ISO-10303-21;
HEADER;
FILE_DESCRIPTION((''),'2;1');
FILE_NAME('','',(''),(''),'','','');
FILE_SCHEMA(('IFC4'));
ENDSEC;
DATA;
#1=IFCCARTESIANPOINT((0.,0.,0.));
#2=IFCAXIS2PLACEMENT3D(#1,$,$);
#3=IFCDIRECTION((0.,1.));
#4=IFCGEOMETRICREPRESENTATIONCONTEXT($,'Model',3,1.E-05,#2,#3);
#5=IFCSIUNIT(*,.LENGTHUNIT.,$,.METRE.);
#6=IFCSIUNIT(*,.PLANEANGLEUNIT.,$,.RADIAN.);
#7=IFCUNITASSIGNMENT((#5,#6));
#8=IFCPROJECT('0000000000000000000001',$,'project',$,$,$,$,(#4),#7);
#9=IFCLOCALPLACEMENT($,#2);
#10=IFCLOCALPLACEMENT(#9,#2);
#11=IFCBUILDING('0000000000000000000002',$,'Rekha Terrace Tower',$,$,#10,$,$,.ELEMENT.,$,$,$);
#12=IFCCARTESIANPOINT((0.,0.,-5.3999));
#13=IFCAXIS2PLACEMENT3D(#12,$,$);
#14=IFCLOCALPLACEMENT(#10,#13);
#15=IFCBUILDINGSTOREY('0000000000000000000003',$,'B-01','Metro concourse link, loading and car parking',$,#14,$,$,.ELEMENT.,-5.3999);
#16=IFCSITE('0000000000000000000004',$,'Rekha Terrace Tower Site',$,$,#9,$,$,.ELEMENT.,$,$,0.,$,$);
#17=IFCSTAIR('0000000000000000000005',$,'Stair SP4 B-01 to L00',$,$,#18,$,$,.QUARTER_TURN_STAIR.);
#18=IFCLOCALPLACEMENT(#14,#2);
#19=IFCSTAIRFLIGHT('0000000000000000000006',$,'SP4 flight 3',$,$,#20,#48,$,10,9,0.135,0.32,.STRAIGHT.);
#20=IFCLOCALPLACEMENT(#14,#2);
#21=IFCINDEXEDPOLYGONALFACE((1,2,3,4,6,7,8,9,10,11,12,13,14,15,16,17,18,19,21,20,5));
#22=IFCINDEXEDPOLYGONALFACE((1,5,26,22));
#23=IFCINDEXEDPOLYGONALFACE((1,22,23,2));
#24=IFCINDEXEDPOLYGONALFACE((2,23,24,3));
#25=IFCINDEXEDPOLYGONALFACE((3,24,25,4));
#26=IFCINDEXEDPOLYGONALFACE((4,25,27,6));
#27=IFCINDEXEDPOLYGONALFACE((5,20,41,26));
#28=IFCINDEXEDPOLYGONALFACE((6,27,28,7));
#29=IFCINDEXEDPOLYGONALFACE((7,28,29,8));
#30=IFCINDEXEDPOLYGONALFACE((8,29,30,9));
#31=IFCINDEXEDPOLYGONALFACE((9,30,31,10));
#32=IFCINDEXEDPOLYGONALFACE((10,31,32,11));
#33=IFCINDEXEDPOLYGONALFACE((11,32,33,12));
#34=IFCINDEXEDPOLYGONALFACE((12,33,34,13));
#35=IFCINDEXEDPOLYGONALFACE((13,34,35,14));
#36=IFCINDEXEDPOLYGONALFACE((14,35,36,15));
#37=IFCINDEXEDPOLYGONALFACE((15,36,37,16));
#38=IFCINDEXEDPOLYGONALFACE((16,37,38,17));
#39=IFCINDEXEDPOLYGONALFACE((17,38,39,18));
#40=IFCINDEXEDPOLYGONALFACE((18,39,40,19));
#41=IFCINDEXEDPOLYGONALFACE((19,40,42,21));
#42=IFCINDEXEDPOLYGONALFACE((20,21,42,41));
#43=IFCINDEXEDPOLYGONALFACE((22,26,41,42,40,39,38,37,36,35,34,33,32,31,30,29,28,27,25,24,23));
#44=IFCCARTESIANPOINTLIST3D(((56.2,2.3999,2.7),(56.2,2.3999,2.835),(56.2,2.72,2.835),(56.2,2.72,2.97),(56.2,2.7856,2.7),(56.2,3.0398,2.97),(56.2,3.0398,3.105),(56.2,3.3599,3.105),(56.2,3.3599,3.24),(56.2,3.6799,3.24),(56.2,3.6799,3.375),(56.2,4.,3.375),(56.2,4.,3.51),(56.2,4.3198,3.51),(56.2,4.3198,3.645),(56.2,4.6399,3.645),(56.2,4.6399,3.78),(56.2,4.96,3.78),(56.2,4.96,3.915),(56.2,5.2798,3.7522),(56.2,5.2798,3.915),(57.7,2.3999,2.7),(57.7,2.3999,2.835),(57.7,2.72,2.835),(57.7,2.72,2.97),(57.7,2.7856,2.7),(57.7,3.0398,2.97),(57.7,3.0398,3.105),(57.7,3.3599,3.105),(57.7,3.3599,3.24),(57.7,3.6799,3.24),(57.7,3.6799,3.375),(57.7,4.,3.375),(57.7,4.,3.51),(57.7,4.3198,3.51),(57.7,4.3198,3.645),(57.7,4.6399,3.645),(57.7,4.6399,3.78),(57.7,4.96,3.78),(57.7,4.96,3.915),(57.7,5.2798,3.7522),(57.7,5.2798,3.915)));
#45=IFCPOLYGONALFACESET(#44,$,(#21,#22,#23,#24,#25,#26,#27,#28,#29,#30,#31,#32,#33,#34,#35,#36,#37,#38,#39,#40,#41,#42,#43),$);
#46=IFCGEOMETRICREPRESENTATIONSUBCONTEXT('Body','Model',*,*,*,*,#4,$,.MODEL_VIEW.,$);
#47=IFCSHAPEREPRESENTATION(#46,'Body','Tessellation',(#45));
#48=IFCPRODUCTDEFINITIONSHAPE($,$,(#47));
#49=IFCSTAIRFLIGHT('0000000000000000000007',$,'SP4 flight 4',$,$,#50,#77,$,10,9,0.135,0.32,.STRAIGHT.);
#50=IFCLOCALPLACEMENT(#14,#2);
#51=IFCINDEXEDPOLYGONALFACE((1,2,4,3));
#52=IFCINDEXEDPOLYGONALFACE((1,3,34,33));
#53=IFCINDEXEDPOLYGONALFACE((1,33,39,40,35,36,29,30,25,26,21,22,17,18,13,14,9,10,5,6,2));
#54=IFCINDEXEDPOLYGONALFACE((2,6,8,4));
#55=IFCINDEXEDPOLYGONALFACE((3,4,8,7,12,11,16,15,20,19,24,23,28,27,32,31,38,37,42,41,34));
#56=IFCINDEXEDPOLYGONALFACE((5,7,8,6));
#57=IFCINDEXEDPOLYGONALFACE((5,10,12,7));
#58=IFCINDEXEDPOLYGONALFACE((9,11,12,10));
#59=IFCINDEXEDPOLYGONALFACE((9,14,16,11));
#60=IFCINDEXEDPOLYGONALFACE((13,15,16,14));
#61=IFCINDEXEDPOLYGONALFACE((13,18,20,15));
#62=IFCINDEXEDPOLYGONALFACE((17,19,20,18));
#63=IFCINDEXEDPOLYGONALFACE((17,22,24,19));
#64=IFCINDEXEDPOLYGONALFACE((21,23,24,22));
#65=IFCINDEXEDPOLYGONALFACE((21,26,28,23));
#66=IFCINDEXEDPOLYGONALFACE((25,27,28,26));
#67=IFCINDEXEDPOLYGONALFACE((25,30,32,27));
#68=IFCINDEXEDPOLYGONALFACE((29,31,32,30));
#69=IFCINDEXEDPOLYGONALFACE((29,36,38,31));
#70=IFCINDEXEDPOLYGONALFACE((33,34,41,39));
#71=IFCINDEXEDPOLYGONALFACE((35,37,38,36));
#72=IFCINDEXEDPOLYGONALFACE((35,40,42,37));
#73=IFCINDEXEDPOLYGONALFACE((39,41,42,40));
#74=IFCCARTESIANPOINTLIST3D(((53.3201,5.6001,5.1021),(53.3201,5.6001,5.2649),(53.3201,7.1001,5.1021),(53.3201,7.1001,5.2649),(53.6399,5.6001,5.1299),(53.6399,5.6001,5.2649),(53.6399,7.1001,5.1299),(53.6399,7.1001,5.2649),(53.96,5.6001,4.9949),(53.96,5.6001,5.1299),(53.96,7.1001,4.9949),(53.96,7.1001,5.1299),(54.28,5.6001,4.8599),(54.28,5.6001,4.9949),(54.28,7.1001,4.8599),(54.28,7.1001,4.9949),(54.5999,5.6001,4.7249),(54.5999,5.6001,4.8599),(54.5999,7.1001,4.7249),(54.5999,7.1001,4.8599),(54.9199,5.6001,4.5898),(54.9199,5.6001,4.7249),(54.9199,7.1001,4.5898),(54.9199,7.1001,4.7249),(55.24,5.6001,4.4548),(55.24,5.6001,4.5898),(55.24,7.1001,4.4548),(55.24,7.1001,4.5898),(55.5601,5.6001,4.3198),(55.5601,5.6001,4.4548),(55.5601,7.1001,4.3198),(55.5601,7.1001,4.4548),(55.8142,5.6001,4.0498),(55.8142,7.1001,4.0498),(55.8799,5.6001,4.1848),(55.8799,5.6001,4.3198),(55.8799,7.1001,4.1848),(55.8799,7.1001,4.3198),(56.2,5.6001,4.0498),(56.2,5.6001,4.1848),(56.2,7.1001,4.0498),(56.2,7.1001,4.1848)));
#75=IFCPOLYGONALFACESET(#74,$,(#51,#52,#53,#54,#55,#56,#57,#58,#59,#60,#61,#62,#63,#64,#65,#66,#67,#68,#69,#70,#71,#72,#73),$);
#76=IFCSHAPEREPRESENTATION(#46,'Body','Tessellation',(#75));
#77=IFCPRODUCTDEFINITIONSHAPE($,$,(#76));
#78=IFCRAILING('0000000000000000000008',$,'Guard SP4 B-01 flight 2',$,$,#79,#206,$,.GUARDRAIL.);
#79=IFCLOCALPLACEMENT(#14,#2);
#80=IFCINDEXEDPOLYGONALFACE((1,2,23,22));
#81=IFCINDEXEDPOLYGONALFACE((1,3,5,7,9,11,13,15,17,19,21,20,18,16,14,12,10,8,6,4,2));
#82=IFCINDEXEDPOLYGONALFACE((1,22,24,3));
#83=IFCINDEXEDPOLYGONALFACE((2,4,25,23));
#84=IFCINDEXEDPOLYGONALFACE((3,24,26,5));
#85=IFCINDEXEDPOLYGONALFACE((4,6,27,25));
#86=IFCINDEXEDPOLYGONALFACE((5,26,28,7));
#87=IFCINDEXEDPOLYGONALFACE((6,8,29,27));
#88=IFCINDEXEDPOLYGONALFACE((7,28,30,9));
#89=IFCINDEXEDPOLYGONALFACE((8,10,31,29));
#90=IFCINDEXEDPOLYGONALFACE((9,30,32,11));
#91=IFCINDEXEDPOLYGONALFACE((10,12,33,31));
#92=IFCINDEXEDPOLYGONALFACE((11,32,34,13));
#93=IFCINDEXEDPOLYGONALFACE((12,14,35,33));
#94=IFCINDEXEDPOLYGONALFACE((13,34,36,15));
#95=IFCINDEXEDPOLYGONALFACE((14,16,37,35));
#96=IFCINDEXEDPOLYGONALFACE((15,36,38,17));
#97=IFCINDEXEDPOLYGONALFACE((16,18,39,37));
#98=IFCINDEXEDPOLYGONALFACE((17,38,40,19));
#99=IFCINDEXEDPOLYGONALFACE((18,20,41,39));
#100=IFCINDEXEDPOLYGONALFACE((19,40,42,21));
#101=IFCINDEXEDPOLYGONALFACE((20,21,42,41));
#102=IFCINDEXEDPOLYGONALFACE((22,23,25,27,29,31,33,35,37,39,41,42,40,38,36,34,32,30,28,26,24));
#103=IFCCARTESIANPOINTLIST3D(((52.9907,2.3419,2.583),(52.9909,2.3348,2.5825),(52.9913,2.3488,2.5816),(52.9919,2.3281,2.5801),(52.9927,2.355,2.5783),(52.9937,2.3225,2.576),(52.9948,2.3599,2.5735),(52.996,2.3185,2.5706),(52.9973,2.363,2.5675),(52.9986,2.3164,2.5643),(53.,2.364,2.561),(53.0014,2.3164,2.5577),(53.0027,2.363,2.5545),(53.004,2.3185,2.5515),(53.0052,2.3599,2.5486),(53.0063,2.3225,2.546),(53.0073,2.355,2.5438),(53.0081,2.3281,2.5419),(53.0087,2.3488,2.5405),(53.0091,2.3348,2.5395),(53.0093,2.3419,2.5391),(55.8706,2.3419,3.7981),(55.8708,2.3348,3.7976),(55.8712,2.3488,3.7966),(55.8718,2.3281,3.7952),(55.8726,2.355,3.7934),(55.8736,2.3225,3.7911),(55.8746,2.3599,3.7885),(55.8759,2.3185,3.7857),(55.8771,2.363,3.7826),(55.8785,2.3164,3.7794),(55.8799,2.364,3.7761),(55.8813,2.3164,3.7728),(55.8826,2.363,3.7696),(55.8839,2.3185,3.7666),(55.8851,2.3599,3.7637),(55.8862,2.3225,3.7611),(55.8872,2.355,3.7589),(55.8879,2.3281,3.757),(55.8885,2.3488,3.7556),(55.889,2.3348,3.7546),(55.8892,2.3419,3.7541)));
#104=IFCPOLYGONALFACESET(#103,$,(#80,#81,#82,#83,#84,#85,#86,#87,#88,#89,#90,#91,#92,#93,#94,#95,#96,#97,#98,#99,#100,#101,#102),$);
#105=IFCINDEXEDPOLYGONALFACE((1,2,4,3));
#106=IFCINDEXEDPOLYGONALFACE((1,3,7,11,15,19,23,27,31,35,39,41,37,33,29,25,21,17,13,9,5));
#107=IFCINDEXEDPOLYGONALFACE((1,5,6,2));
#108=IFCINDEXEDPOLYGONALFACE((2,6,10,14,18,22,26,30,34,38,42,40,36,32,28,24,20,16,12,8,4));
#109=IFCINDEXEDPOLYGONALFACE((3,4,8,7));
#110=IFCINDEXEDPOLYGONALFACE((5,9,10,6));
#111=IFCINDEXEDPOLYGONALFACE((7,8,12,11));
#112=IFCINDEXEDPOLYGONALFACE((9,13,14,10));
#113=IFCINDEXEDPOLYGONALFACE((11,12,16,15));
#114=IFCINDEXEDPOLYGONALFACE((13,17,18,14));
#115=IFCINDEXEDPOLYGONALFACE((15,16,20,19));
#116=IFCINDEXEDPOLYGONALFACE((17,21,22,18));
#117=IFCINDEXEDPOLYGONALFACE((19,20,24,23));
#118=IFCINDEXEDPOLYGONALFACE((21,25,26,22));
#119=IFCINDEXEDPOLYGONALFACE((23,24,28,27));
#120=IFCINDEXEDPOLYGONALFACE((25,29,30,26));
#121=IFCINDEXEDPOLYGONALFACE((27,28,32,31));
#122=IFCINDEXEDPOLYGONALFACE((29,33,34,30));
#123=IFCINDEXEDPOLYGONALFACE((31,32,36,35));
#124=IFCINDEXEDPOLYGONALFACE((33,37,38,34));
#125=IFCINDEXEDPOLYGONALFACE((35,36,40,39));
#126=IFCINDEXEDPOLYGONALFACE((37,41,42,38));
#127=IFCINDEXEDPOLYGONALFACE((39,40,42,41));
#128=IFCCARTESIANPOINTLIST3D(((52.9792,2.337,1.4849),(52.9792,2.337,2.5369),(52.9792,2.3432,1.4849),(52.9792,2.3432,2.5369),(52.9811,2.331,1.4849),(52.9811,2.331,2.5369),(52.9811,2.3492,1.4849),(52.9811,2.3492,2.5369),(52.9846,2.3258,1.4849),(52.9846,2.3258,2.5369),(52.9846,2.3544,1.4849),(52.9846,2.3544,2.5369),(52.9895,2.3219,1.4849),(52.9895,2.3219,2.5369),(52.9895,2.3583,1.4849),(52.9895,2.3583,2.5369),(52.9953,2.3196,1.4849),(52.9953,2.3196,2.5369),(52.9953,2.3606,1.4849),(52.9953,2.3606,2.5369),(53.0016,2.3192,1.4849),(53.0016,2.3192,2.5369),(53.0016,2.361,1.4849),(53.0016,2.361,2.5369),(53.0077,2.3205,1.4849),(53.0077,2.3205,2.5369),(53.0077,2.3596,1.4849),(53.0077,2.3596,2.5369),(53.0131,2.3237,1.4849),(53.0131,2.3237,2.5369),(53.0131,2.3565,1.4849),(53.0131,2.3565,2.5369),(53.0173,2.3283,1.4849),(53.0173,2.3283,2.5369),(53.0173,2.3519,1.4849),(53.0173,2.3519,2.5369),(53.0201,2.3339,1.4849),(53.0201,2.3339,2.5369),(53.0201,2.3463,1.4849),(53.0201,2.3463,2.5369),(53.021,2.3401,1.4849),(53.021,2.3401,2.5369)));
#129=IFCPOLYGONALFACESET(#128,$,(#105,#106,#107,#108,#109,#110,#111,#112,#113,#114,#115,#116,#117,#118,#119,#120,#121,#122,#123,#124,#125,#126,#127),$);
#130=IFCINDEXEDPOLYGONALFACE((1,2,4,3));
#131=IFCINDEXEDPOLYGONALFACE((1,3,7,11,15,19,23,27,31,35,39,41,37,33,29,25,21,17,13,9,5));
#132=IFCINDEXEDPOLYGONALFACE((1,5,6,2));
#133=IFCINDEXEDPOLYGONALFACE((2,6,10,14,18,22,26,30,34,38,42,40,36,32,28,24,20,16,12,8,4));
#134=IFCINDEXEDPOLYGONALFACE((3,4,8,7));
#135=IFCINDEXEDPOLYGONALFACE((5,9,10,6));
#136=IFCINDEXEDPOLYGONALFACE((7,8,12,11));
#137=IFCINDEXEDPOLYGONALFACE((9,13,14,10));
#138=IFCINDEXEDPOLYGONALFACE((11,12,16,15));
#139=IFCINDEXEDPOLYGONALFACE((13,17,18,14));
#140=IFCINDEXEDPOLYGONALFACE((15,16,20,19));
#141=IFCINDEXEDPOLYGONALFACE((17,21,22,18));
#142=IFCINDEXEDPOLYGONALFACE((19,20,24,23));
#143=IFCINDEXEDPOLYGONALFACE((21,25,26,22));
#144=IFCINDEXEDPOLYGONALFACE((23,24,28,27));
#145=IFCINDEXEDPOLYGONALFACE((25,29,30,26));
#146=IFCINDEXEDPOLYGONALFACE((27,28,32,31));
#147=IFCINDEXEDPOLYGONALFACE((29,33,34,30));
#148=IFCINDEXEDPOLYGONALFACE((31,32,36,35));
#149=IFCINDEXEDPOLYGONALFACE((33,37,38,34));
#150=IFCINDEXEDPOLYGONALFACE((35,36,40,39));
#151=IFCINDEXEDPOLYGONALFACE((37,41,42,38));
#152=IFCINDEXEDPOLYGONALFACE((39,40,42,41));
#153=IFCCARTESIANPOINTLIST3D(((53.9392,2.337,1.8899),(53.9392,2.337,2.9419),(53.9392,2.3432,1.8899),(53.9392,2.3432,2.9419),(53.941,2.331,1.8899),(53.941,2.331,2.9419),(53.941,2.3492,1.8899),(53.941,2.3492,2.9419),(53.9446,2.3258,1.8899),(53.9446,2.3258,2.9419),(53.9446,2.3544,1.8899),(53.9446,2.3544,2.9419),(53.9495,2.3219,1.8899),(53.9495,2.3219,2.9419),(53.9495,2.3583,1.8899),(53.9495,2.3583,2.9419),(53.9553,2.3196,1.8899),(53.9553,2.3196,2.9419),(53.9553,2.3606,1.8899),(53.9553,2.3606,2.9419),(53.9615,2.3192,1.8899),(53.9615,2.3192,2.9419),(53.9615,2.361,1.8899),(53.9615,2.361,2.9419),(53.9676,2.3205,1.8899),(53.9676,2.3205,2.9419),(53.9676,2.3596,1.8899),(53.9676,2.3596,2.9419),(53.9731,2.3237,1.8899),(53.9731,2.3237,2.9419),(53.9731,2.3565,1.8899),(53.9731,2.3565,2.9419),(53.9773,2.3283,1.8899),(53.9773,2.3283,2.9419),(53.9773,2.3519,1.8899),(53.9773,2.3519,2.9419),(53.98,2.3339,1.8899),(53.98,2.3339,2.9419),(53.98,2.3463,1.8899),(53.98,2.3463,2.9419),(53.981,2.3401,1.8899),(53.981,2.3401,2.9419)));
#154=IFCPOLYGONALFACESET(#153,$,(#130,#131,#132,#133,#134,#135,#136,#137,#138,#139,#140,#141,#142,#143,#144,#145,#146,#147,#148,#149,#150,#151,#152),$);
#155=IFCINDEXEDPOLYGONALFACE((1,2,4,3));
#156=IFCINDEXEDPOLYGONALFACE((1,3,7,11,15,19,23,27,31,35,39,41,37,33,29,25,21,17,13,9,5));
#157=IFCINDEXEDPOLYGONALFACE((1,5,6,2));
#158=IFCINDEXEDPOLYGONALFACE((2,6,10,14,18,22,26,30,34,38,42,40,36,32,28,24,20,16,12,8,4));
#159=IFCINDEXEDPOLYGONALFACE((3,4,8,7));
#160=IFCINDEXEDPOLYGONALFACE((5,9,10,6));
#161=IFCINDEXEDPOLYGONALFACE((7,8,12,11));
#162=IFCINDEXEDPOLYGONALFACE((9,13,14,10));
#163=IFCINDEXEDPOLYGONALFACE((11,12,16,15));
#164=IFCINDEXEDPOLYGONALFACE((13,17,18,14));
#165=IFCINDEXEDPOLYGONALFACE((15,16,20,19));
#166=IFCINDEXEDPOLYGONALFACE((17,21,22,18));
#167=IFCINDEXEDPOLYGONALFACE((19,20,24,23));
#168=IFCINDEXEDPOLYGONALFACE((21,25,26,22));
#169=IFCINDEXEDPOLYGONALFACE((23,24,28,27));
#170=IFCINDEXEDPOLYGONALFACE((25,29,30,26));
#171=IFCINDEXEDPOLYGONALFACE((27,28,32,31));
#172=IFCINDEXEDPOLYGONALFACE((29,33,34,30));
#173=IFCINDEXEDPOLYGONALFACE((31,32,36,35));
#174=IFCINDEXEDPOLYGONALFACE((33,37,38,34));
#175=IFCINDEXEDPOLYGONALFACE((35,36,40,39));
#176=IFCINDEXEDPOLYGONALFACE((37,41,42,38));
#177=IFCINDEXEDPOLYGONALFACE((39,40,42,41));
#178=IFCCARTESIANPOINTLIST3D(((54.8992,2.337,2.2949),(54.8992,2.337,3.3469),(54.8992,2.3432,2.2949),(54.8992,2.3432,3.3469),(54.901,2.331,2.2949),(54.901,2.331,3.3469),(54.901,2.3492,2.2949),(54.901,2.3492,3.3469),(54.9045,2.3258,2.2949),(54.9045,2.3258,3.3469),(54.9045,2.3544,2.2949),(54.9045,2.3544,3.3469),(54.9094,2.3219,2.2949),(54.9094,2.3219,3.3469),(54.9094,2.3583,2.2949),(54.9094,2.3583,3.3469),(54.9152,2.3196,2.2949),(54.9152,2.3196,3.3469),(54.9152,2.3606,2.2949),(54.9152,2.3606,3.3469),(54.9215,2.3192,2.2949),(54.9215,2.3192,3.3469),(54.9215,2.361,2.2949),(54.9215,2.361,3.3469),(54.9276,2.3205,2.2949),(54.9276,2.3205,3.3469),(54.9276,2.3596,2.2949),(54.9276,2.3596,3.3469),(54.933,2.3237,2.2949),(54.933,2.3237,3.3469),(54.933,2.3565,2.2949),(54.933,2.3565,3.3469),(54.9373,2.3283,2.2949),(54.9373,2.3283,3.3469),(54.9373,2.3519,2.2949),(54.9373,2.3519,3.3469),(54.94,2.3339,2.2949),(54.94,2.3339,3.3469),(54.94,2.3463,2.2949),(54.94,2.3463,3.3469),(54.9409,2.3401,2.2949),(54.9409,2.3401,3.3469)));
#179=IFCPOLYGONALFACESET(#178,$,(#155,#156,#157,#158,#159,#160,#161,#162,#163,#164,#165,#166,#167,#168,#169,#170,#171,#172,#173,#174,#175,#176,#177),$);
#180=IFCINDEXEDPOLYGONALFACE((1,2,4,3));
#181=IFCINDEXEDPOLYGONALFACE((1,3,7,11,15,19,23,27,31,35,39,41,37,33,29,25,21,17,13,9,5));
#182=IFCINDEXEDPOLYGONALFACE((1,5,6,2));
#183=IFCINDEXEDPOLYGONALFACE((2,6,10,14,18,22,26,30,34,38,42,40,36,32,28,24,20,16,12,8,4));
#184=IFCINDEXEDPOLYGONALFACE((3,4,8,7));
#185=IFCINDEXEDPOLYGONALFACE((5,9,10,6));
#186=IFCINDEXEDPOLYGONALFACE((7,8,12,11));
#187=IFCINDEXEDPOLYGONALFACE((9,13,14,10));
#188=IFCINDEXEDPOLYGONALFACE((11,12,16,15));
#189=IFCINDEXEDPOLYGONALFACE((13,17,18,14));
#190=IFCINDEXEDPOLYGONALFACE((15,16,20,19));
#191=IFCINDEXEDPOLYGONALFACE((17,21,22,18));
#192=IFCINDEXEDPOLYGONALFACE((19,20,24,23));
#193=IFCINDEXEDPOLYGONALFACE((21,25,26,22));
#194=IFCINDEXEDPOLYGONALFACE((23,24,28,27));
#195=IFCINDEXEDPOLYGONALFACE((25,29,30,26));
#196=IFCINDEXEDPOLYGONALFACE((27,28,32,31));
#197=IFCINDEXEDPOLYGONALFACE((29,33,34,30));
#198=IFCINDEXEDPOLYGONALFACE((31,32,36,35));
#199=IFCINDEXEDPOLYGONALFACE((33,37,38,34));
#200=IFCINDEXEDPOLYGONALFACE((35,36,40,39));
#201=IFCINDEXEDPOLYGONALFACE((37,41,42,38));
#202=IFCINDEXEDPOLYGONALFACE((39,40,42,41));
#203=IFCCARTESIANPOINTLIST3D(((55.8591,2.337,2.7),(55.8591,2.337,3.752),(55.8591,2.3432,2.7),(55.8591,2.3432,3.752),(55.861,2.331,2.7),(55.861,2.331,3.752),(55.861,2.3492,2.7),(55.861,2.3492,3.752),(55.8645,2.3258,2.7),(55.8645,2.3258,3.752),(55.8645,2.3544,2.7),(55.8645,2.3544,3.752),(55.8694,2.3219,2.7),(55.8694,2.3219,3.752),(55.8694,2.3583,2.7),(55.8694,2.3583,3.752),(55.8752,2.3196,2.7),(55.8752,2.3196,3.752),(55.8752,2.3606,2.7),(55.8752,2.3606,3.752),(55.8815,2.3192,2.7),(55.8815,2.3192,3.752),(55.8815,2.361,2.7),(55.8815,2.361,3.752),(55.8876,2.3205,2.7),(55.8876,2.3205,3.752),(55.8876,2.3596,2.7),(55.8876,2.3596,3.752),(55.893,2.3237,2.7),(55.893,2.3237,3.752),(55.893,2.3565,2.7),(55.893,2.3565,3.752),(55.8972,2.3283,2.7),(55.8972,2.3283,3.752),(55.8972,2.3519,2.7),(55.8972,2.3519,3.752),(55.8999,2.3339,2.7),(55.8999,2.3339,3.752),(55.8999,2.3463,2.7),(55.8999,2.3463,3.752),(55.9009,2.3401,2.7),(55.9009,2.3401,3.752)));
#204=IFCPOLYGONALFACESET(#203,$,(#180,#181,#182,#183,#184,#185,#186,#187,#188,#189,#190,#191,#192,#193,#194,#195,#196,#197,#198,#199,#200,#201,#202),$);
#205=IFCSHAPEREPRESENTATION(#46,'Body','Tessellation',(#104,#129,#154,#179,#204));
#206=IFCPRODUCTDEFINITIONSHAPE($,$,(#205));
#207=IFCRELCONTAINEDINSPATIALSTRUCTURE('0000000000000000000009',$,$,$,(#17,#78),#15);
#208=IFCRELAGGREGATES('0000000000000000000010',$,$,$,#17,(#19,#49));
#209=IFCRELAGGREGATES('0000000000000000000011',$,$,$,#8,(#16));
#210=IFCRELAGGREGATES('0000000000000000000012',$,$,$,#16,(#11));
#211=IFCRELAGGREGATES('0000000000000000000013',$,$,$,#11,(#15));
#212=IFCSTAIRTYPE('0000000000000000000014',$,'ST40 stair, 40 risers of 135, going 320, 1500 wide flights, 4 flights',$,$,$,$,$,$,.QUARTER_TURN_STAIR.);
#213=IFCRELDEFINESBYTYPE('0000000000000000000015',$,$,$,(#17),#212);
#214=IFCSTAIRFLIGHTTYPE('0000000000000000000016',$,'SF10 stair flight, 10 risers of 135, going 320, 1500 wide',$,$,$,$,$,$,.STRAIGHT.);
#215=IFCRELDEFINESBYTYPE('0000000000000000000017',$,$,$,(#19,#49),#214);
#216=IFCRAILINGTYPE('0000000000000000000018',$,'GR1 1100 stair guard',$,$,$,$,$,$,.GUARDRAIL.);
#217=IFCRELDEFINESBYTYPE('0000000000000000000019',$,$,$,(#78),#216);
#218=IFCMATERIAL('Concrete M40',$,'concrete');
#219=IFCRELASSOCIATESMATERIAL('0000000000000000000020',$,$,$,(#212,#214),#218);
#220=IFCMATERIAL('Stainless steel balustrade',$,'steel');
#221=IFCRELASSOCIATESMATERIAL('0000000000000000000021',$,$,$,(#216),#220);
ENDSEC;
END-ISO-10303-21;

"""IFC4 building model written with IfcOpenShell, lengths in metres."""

from ifc_helpers import new_model, si_unit, direction, frame, origin, origin_2d, place, context, subcontext, project, spatial, polyline, circle, outline, extrude, material, type_object, element, aggregate, save


model = new_model("IFC4")

# Units and contexts
model_context = context("Model", 3, precision=1e-05, world=origin(), true_north=direction((0.0, 1.0)))
body_context = subcontext(model_context, "Body", "Model", "MODEL_VIEW")
ifc_project = project(units=[si_unit("LENGTHUNIT", "METRE"), si_unit("PLANEANGLEUNIT", "RADIAN")], contexts=[model_context])

# Site, building, storey
site_placement = place(None, origin())
site = spatial("IfcSite", under=ifc_project, at=site_placement, Name="Rekha Terrace Tower Site", CompositionType="ELEMENT", RefElevation=0.0)
building_placement = place(site_placement, origin())
building = spatial("IfcBuilding", under=site, at=building_placement, Name="Rekha Terrace Tower", CompositionType="ELEMENT")
storey_placement = place(building_placement, frame((0.0, 0.0, -5.3999)))
storey = spatial("IfcBuildingStorey", under=building, at=storey_placement, Name="B-01", Description="Metro concourse link, loading and car parking", CompositionType="ELEMENT", Elevation=-5.3999)

# Stair, stair flights
ifc_material_1 = material(Name="Concrete M40", Category="concrete")
stair_type = type_object("IfcStairType", Name="ST40 stair, 40 risers of 135, going 320, 1500 wide flights, 4 flights", PredefinedType="QUARTER_TURN_STAIR", material=ifc_material_1)
stair_placement = place(storey_placement, origin())
stair = element("IfcStair", 1, at=stair_placement, inside=storey, type_object=stair_type, Name="Stair SP4 B-01 to L00", PredefinedType="QUARTER_TURN_STAIR")
stair_flight_type = type_object("IfcStairFlightType", Name="SF10 stair flight, 10 risers of 135, going 320, 1500 wide", PredefinedType="STRAIGHT", material=ifc_material_1)
stair_flight_1_placement = place(storey_placement, frame((56.95, 2.3999, 2.7), z_axis=(0.0, 0.0, 1.0), x_axis=(0.0, 1.0, 0.0)))
stair_flight_1 = element("IfcStairFlight", 2, at=stair_flight_1_placement, type_object=stair_flight_type, Name="SP4 flight 3", NumberOfRisers=10, NumberOfTreads=9, PredefinedType="STRAIGHT", RiserHeight=0.135, TreadLength=0.32, context=body_context, shape_type="SweptSolid", body=[
    extrude(outline(polyline([(0.0, 0.0), (0.0, 0.135), (0.3201, 0.135), (0.3201, 0.27), (0.6399, 0.27), (0.6399, 0.405), (0.96, 0.405), (0.96, 0.54), (1.28, 0.54), (1.28, 0.675), (1.6001, 0.675), (1.6001, 0.8101), (1.9199, 0.8101), (1.9199, 0.9451), (2.24, 0.9451), (2.24, 1.0801), (2.5601, 1.0801), (2.5601, 1.2151), (2.8799, 1.2151), (2.8799, 1.3501), (2.8799, 1.0522), (0.3857, 0.0), (0.0, 0.0)])), frame((0.0, 0.75, 0.0), z_axis=(0.0, -1.0, 0.0), x_axis=(1.0, 0.0, 0.0)), (0.0, 0.0, 1.0), 1.5),
])
stair_flight_2_placement = place(storey_placement, frame((56.2, 6.3501, 4.0498), z_axis=(0.0, 0.0, 1.0), x_axis=(-1.0, 0.0, 0.0)))
stair_flight_2 = element("IfcStairFlight", 3, at=stair_flight_2_placement, type_object=stair_flight_type, Name="SP4 flight 4", NumberOfRisers=10, NumberOfTreads=9, PredefinedType="STRAIGHT", RiserHeight=0.135, TreadLength=0.32, context=body_context, shape_type="SweptSolid", body=[
    extrude(outline(polyline([(0.0, 0.0), (0.0, 0.135), (0.3201, 0.135), (0.3201, 0.27), (0.6399, 0.27), (0.6399, 0.405), (0.96, 0.405), (0.96, 0.54), (1.28, 0.54), (1.28, 0.675), (1.6001, 0.675), (1.6001, 0.8101), (1.9199, 0.8101), (1.9199, 0.9451), (2.24, 0.9451), (2.24, 1.0801), (2.5601, 1.0801), (2.5601, 1.2151), (2.8799, 1.2151), (2.8799, 1.3501), (2.8799, 1.0522), (0.3857, 0.0), (0.0, 0.0)])), frame((0.0, 0.75, 0.0), z_axis=(0.0, -1.0, 0.0), x_axis=(1.0, 0.0, 0.0)), (0.0, 0.0, 1.0), 1.5),
])
aggregate(stair, [stair_flight_1, stair_flight_2])

# Railing
ifc_material_2 = material(Name="Stainless steel balustrade", Category="steel")
railing_type_1 = type_object("IfcRailingType", Name="GR1 1100 stair guard", PredefinedType="GUARDRAIL", material=ifc_material_2)
railing_1_placement = place(storey_placement, frame((53.0, 2.3401, 1.4849)))
element("IfcRailing", 4, at=railing_1_placement, inside=storey, type_object=railing_type_1, Name="Guard SP4 B-01 flight 2", PredefinedType="GUARDRAIL", context=body_context, shape_type="SweptSolid", body=[
    extrude(circle(Radius=0.0239, at=origin_2d()), frame((0.0, 0.0, 1.0762), z_axis=(0.921348, 0.0, 0.388738), x_axis=(0.0, 1.0, 0.0)), (0.0, 0.0, 1.0), 3.1257),
    extrude(circle(Radius=0.021, at=origin_2d()), origin(), (0.0, 0.0, 1.0), 1.052),
    extrude(circle(Radius=0.021, at=origin_2d()), frame((0.96, 0.0, 0.405)), (0.0, 0.0, 1.0), 1.052),
    extrude(circle(Radius=0.021, at=origin_2d()), frame((1.9199, 0.0, 0.8101)), (0.0, 0.0, 1.0), 1.052),
    extrude(circle(Radius=0.021, at=origin_2d()), frame((2.8799, 0.0, 1.2151)), (0.0, 0.0, 1.0), 1.052),
])

save(model, "model.ifc")
